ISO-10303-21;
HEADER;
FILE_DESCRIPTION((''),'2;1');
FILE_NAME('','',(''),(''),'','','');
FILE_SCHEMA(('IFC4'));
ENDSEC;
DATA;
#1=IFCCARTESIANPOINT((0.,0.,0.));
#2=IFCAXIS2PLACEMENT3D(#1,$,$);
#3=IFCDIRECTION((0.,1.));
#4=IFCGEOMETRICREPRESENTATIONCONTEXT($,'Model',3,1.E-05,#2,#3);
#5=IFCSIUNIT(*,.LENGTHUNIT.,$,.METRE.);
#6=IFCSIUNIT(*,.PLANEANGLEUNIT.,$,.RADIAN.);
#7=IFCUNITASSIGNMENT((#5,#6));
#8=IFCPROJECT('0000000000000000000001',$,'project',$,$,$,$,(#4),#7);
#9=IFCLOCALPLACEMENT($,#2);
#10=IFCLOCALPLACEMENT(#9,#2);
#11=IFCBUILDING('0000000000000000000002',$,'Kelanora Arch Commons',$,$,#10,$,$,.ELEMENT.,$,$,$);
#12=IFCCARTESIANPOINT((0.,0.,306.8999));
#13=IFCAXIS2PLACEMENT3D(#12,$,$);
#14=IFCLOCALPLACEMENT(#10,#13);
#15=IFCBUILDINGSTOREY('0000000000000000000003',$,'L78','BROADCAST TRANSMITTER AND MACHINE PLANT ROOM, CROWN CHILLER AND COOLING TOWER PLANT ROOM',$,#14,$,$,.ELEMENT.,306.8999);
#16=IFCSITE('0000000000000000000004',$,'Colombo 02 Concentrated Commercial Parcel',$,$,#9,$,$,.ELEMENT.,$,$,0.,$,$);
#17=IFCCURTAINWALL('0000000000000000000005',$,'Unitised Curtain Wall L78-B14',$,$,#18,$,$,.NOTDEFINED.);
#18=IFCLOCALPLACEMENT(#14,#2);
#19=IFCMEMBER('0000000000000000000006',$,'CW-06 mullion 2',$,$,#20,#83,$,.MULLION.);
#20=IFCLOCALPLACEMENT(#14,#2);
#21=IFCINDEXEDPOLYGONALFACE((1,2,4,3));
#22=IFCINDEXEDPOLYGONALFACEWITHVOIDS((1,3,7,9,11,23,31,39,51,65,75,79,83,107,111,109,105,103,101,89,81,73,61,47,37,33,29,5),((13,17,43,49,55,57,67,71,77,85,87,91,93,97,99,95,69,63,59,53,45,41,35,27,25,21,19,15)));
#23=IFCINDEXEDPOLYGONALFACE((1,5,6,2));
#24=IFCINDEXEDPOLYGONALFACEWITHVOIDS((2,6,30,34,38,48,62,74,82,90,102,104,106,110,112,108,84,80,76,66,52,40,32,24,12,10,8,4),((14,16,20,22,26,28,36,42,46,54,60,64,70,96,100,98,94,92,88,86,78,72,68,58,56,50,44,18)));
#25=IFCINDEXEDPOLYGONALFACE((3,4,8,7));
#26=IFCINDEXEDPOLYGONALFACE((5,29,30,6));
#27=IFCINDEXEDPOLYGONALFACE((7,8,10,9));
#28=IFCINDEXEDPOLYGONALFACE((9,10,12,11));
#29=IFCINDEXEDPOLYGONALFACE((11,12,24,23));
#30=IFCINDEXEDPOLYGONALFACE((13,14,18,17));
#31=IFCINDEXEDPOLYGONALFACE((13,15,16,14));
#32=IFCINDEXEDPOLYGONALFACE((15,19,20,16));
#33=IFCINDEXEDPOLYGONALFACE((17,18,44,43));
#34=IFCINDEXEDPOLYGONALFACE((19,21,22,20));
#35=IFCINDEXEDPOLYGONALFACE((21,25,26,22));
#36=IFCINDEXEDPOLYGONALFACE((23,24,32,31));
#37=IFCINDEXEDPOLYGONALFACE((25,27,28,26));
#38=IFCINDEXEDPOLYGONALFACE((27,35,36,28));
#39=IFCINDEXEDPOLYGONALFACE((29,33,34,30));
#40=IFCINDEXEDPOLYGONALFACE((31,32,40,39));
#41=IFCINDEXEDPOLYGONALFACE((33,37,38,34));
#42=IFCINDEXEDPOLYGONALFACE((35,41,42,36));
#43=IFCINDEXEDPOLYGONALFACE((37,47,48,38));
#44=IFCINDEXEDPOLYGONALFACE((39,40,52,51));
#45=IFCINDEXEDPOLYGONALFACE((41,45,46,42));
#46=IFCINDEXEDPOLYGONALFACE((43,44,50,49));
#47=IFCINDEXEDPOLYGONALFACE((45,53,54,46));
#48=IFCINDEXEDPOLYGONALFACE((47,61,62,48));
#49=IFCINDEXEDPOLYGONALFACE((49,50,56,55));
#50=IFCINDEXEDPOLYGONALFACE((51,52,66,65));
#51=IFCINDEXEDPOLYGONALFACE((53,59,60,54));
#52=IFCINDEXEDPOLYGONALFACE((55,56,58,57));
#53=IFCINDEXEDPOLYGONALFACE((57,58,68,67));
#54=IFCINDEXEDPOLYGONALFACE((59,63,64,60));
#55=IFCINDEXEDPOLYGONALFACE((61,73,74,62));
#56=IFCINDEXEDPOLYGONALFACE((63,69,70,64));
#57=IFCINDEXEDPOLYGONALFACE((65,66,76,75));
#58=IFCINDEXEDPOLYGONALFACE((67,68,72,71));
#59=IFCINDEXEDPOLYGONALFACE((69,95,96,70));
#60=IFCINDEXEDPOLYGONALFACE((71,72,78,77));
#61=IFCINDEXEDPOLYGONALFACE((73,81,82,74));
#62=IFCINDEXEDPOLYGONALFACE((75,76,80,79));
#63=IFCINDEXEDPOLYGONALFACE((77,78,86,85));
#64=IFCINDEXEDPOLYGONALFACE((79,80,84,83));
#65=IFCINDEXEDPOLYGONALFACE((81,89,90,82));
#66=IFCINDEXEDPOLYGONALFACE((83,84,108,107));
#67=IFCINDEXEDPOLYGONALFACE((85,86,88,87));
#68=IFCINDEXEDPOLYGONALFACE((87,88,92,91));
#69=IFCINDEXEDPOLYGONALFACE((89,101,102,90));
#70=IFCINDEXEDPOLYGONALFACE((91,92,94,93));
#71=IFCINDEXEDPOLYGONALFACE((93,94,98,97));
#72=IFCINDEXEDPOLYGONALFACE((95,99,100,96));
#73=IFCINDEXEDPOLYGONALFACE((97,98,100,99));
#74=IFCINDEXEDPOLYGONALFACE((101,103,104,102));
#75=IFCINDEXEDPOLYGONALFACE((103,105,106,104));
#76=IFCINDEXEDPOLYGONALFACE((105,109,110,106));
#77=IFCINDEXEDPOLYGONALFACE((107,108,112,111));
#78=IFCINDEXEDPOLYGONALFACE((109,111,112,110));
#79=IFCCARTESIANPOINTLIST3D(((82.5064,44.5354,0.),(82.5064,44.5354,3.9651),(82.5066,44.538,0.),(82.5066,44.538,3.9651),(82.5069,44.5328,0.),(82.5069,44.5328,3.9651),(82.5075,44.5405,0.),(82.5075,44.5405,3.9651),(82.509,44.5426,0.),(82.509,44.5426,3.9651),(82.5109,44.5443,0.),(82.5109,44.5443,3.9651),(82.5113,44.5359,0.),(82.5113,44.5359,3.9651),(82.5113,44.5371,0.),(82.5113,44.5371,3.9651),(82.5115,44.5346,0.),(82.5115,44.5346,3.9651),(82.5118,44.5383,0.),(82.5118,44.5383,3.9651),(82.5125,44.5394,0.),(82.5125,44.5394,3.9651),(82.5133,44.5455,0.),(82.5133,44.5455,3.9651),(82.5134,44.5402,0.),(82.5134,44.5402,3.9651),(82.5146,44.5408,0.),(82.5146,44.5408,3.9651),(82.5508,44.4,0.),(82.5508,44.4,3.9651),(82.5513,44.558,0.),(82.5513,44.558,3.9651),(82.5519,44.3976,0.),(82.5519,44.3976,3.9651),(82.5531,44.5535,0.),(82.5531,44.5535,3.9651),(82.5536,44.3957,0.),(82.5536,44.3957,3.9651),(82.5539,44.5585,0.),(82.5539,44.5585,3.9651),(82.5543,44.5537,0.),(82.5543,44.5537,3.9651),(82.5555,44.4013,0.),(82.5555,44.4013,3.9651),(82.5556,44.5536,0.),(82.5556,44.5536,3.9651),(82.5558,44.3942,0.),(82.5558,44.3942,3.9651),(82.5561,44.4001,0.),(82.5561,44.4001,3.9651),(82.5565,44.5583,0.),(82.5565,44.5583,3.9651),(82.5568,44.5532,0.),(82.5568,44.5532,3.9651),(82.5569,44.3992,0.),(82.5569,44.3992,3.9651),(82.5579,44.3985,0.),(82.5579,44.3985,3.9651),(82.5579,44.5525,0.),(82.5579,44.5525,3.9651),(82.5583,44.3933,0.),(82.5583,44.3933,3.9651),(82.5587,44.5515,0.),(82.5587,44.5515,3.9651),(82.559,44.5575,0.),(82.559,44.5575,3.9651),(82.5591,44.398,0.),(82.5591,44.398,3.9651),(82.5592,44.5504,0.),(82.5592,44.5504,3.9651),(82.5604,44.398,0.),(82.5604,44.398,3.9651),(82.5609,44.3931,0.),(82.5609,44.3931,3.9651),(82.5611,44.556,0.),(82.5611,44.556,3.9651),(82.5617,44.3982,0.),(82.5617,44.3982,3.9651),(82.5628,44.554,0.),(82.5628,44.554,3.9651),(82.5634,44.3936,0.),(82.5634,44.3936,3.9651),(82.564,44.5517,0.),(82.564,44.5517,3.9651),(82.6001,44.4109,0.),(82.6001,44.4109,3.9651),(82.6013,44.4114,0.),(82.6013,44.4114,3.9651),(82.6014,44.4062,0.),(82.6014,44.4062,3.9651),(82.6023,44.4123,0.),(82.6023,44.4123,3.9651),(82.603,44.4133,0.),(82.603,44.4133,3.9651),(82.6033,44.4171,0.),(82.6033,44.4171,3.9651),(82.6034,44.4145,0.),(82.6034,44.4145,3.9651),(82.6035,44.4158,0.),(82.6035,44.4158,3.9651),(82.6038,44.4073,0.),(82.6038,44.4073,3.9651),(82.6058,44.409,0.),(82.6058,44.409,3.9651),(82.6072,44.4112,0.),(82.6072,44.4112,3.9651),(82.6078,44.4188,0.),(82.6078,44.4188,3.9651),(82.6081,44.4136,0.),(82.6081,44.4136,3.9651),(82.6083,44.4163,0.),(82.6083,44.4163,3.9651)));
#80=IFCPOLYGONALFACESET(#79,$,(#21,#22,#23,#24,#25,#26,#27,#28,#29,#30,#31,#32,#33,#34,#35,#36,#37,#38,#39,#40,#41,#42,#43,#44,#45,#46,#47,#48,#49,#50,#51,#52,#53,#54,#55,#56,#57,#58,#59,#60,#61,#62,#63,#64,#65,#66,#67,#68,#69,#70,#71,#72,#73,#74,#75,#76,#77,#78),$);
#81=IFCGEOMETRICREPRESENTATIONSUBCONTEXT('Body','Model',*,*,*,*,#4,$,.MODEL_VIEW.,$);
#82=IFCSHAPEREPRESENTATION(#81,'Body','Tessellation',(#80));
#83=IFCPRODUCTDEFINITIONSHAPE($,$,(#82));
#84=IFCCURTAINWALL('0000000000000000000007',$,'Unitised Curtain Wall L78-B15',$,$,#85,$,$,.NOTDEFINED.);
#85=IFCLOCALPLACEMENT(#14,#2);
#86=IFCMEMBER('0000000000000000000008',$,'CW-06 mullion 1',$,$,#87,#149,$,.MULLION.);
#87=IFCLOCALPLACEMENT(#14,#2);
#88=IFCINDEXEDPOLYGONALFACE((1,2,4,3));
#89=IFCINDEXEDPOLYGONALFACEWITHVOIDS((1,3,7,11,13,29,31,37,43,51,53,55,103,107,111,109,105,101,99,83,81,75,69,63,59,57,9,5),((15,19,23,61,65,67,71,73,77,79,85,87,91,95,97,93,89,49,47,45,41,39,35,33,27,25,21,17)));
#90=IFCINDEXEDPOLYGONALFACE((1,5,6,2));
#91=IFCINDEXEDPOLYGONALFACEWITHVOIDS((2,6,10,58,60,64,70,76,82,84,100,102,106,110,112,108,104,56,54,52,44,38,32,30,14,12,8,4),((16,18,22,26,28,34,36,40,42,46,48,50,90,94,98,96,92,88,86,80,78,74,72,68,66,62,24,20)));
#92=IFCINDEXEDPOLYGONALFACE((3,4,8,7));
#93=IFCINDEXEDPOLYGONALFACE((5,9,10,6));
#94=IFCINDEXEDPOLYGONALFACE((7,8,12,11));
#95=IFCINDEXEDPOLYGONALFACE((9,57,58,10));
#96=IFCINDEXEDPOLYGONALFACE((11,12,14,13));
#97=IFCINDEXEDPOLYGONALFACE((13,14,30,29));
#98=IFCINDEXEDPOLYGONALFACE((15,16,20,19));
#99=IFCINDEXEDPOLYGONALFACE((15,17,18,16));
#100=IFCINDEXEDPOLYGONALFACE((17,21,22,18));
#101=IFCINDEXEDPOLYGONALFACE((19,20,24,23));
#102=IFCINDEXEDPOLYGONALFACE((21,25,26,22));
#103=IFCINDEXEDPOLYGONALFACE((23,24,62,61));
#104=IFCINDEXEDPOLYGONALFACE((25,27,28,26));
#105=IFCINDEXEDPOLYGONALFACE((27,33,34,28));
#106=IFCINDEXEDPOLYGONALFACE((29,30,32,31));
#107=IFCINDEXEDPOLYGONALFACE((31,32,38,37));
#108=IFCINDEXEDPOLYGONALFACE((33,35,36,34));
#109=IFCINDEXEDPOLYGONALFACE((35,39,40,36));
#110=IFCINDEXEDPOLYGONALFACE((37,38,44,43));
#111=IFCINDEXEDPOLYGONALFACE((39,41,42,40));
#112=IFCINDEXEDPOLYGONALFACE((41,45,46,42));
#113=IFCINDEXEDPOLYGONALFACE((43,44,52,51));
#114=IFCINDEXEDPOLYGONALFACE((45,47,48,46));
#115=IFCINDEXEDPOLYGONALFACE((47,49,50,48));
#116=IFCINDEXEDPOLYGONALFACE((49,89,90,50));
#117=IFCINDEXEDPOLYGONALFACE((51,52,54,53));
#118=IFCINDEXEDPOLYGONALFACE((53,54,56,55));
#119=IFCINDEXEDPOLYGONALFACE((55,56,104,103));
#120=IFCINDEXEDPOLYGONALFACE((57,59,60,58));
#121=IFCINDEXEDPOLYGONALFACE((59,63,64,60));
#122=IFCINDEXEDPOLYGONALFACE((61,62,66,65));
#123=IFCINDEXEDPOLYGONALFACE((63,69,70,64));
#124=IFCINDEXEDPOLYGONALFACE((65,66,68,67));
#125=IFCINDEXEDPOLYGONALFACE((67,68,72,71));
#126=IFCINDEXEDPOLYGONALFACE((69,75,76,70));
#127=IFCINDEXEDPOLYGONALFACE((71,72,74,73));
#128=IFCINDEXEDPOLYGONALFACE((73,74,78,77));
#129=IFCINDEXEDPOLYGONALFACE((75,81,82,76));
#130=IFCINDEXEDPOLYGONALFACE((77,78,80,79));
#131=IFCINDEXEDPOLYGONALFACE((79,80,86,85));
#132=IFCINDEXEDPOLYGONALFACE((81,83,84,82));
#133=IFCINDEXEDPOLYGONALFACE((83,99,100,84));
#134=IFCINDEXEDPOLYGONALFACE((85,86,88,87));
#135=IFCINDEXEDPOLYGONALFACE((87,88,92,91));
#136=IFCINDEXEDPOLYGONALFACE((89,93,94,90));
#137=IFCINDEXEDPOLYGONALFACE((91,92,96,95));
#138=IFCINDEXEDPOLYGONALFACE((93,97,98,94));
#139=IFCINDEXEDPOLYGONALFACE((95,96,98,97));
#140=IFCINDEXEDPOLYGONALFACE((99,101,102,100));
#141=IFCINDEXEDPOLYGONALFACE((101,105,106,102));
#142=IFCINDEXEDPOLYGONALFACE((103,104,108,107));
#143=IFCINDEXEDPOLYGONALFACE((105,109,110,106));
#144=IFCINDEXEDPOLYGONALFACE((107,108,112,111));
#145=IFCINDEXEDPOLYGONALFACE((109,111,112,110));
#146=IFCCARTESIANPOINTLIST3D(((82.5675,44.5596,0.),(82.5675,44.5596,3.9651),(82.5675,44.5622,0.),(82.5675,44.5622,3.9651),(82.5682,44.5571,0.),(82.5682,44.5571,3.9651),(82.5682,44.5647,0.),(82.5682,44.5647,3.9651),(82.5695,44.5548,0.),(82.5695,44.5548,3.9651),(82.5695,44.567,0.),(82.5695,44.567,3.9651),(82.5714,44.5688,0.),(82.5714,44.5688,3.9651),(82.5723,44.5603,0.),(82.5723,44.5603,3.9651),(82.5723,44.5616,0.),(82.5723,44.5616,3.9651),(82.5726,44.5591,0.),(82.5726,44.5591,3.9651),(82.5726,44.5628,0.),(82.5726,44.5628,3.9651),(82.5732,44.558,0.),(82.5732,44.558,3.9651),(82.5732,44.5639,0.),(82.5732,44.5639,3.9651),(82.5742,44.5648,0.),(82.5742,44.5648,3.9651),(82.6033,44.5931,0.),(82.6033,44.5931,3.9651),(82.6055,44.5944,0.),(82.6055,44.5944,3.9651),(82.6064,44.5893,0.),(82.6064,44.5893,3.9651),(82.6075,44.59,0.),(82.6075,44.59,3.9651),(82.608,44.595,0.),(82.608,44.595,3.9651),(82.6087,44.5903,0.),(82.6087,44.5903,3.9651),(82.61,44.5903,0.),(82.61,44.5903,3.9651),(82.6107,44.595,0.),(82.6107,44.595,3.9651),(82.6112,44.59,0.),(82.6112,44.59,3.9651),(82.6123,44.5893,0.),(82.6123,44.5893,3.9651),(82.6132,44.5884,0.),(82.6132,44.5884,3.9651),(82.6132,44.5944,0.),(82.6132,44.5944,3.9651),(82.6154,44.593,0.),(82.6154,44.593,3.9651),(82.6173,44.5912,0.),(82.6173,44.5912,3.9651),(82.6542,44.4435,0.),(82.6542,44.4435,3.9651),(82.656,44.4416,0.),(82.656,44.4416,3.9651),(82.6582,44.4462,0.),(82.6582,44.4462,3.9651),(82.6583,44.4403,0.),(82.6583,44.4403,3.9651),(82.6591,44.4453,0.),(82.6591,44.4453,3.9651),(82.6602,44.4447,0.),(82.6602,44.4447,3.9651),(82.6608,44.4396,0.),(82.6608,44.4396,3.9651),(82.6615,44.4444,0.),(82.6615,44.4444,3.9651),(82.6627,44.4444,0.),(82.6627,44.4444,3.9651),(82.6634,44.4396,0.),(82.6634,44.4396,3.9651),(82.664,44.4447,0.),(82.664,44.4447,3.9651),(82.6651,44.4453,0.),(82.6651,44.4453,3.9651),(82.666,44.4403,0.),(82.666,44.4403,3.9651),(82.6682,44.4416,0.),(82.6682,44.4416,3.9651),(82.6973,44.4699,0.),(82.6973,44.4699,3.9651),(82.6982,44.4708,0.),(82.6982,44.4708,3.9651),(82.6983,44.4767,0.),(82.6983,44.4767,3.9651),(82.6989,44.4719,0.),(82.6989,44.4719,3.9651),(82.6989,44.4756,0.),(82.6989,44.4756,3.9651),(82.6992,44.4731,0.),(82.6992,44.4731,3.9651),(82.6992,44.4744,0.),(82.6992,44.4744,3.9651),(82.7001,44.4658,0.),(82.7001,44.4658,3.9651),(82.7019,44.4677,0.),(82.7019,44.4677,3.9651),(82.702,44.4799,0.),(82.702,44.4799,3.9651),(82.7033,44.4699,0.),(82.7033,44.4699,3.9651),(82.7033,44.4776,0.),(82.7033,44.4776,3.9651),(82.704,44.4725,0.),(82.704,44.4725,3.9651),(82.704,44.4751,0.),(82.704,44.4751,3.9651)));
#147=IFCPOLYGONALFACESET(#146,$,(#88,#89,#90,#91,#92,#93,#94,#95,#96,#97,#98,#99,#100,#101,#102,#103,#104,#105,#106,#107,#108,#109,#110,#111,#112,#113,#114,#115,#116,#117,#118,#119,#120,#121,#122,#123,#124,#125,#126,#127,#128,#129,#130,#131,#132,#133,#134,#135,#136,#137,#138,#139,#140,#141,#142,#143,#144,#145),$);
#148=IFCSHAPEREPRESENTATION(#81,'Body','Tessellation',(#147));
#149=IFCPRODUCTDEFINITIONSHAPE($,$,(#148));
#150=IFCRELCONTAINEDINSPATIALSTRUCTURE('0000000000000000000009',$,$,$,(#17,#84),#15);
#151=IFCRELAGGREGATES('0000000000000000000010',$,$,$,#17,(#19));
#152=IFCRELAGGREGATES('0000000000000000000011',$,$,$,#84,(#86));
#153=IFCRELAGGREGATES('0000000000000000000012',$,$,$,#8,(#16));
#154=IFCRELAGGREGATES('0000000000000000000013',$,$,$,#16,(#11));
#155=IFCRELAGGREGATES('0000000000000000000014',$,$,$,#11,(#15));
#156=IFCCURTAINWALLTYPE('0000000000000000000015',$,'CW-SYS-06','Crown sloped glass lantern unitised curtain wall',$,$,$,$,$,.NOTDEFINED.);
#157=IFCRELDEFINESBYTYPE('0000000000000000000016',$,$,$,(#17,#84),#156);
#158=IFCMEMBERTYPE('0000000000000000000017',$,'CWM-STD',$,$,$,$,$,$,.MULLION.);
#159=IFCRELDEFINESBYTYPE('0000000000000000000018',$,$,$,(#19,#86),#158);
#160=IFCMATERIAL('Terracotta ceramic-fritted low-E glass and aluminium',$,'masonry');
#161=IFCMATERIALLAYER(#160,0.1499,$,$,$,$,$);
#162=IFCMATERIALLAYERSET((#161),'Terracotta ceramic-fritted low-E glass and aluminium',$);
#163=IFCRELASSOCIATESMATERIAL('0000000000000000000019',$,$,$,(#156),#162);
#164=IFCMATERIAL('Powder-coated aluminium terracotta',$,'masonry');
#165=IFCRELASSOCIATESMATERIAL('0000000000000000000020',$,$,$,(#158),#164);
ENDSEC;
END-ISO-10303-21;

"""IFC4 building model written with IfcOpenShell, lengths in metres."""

from ifc_helpers import new_model, si_unit, direction, frame, origin, origin_2d, place, context, subcontext, project, spatial, hollow_rectangle, extrude, material, layer, layer_set, material_profile, profile_set, type_object, element, aggregate, save


model = new_model("IFC4")

# Units and contexts
model_context = context("Model", 3, precision=1e-05, world=origin(), true_north=direction((0.0, 1.0)))
body_context = subcontext(model_context, "Body", "Model", "MODEL_VIEW")
ifc_project = project(units=[si_unit("LENGTHUNIT", "METRE"), si_unit("PLANEANGLEUNIT", "RADIAN")], contexts=[model_context])

# Site, building, storey
site_placement = place(None, origin())
site = spatial("IfcSite", under=ifc_project, at=site_placement, Name="Colombo 02 Concentrated Commercial Parcel", CompositionType="ELEMENT", RefElevation=0.0)
building_placement = place(site_placement, origin())
building = spatial("IfcBuilding", under=site, at=building_placement, Name="Kelanora Arch Commons", CompositionType="ELEMENT")
storey_placement = place(building_placement, frame((0.0, 0.0, 306.8999)))
storey = spatial("IfcBuildingStorey", under=building, at=storey_placement, Name="L78", Description="BROADCAST TRANSMITTER AND MACHINE PLANT ROOM, CROWN CHILLER AND COOLING TOWER PLANT ROOM", CompositionType="ELEMENT", Elevation=306.8999)

# Curtain wall, member
ifc_material_1 = material(Name="Terracotta ceramic-fritted low-E glass and aluminium", Category="masonry")
ifc_layer_1 = layer(ifc_material_1, 0.1499)
ifc_layer_set_1 = layer_set([ifc_layer_1], Name="Terracotta ceramic-fritted low-E glass and aluminium")
curtain_wall_type = type_object("IfcCurtainWallType", Name="CW-SYS-06", Description="Crown sloped glass lantern unitised curtain wall", PredefinedType="NOTDEFINED", material=ifc_layer_set_1)
curtain_wall_1_placement = place(storey_placement, origin())
curtain_wall_1 = element("IfcCurtainWall", 1, at=curtain_wall_1_placement, inside=storey, type_object=curtain_wall_type, Name="Unitised Curtain Wall L78-B14", PredefinedType="NOTDEFINED")
ifc_material_2 = material(Name="Powder-coated aluminium terracotta", Category="masonry")
ifc_material_profile_1 = material_profile(ifc_material_2, hollow_rectangle(XDim=0.1599, YDim=0.0601, WallThickness=0.0049, InnerFilletRadius=0.0049, OuterFilletRadius=0.01, at=origin_2d()), Name="CWM160x60")
ifc_profile_set_1 = profile_set([ifc_material_profile_1], Name="Powder-coated aluminium terracotta")
member_type_1 = type_object("IfcMemberType", Name="CWM-STD", PredefinedType="MULLION", material=ifc_profile_set_1)
member_1_placement = place(storey_placement, frame((82.5574, 44.4758, 0.0), z_axis=(0.0, 0.0, 1.0), x_axis=(-0.313467, 0.949599, 0.0)))
member_1 = element("IfcMember", 2, at=member_1_placement, type_object=member_type_1, Name="CW-06 mullion 2", PredefinedType="MULLION", context=body_context, shape_type="SweptSolid", body=[
    extrude(hollow_rectangle(XDim=0.1599, YDim=0.0601, WallThickness=0.0049, InnerFilletRadius=0.0049, OuterFilletRadius=0.01, at=origin_2d()), origin(), (0.0, 0.0, 1.0), 3.9651),
])
aggregate(curtain_wall_1, [member_1])

# Curtain wall, member
curtain_wall_2_placement = place(storey_placement, origin())
curtain_wall_2 = element("IfcCurtainWall", 3, at=curtain_wall_2_placement, inside=storey, type_object=curtain_wall_type, Name="Unitised Curtain Wall L78-B15", PredefinedType="NOTDEFINED")
member_2_placement = place(storey_placement, frame((82.6357, 44.5173, 0.0), z_axis=(0.0, 0.0, 1.0), x_axis=(-0.605596, 0.795772, 0.0)))
member_2 = element("IfcMember", 4, at=member_2_placement, type_object=member_type_1, Name="CW-06 mullion 1", PredefinedType="MULLION", context=body_context, shape_type="SweptSolid", body=[
    extrude(hollow_rectangle(XDim=0.1599, YDim=0.0601, WallThickness=0.0049, InnerFilletRadius=0.0049, OuterFilletRadius=0.01, at=origin_2d()), origin(), (0.0, 0.0, 1.0), 3.9651),
])

aggregate(curtain_wall_2, [member_2])

save(model, "model.ifc")
